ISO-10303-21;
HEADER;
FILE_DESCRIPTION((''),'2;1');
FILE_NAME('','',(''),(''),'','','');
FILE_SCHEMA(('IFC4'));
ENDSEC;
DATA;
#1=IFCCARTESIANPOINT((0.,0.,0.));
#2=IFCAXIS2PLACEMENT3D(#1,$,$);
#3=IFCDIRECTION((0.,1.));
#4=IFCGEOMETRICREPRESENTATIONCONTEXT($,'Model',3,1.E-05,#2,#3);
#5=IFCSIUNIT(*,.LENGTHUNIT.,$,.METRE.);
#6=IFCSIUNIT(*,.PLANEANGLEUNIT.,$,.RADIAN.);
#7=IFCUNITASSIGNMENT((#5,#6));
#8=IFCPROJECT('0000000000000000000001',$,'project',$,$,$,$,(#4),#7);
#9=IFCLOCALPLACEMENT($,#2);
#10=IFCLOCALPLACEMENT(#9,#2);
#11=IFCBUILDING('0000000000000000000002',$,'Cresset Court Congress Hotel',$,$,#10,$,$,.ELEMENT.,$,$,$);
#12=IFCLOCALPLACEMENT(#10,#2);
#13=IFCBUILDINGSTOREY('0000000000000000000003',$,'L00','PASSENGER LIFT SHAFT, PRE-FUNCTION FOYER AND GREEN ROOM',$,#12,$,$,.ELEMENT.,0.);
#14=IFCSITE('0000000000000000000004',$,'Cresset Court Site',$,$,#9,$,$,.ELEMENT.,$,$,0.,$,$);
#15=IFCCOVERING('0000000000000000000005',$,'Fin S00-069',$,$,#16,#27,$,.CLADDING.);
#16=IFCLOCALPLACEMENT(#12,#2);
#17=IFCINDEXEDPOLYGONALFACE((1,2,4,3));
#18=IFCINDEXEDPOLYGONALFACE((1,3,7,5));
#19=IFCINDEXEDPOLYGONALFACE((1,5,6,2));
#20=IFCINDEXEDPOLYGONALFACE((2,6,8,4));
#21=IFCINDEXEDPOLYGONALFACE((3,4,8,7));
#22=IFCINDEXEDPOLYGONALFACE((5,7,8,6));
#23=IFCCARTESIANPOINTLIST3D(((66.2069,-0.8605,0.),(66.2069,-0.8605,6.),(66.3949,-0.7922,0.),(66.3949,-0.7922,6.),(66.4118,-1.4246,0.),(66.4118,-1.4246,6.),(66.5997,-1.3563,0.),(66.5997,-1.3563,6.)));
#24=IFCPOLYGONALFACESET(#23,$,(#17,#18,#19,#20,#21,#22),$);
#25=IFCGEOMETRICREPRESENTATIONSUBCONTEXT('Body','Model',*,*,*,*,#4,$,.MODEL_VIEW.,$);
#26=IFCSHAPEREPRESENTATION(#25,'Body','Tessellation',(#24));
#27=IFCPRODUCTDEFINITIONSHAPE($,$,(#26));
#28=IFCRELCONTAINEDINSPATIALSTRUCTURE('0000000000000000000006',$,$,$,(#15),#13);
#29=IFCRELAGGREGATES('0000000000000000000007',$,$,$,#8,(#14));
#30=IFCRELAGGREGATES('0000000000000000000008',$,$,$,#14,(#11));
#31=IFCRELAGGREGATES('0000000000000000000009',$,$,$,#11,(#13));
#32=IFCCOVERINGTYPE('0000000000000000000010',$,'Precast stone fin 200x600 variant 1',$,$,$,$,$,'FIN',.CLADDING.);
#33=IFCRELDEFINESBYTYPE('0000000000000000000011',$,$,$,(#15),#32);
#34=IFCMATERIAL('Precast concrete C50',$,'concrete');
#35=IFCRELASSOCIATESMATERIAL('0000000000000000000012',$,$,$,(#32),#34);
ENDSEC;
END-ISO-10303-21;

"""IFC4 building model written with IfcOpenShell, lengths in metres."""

from ifc_helpers import new_model, si_unit, direction, frame, origin, origin_2d, place, context, subcontext, project, spatial, rectangle, extrude, material, type_object, element, save


model = new_model("IFC4")

# Units and contexts
model_context = context("Model", 3, precision=1e-05, world=origin(), true_north=direction((0.0, 1.0)))
body_context = subcontext(model_context, "Body", "Model", "MODEL_VIEW")
ifc_project = project(units=[si_unit("LENGTHUNIT", "METRE"), si_unit("PLANEANGLEUNIT", "RADIAN")], contexts=[model_context])

# Site, building, storey
site_placement = place(None, origin())
site = spatial("IfcSite", under=ifc_project, at=site_placement, Name="Cresset Court Site", CompositionType="ELEMENT", RefElevation=0.0)
building_placement = place(site_placement, origin())
building = spatial("IfcBuilding", under=site, at=building_placement, Name="Cresset Court Congress Hotel", CompositionType="ELEMENT")
storey_placement = place(building_placement, origin())
storey = spatial("IfcBuildingStorey", under=building, at=storey_placement, Name="L00", Description="PASSENGER LIFT SHAFT, PRE-FUNCTION FOYER AND GREEN ROOM", CompositionType="ELEMENT", Elevation=0.0)

# Covering
ifc_material_1 = material(Name="Precast concrete C50", Category="concrete")
covering_type = type_object("IfcCoveringType", Name="Precast stone fin 200x600 variant 1", ElementType="FIN", PredefinedType="CLADDING", material=ifc_material_1)
for number, where, z_axis, x_axis, name in (
    (1, (66.4033, -1.1084, 0.0), (0.0, 0.0, 1.0), (0.939957, 0.341293, 0.0), "Fin S00-069"),
):
    element("IfcCovering", number, at=place(storey_placement, frame(where, z_axis=z_axis, x_axis=x_axis)), inside=storey, type_object=covering_type, Name=name, PredefinedType="CLADDING", context=body_context, shape_type="SweptSolid", body=[
        extrude(rectangle(XDim=0.2, YDim=0.6001, at=origin_2d()), origin(), (0.0, 0.0, 1.0), 6.0),
    ])

save(model, "model.ifc")
